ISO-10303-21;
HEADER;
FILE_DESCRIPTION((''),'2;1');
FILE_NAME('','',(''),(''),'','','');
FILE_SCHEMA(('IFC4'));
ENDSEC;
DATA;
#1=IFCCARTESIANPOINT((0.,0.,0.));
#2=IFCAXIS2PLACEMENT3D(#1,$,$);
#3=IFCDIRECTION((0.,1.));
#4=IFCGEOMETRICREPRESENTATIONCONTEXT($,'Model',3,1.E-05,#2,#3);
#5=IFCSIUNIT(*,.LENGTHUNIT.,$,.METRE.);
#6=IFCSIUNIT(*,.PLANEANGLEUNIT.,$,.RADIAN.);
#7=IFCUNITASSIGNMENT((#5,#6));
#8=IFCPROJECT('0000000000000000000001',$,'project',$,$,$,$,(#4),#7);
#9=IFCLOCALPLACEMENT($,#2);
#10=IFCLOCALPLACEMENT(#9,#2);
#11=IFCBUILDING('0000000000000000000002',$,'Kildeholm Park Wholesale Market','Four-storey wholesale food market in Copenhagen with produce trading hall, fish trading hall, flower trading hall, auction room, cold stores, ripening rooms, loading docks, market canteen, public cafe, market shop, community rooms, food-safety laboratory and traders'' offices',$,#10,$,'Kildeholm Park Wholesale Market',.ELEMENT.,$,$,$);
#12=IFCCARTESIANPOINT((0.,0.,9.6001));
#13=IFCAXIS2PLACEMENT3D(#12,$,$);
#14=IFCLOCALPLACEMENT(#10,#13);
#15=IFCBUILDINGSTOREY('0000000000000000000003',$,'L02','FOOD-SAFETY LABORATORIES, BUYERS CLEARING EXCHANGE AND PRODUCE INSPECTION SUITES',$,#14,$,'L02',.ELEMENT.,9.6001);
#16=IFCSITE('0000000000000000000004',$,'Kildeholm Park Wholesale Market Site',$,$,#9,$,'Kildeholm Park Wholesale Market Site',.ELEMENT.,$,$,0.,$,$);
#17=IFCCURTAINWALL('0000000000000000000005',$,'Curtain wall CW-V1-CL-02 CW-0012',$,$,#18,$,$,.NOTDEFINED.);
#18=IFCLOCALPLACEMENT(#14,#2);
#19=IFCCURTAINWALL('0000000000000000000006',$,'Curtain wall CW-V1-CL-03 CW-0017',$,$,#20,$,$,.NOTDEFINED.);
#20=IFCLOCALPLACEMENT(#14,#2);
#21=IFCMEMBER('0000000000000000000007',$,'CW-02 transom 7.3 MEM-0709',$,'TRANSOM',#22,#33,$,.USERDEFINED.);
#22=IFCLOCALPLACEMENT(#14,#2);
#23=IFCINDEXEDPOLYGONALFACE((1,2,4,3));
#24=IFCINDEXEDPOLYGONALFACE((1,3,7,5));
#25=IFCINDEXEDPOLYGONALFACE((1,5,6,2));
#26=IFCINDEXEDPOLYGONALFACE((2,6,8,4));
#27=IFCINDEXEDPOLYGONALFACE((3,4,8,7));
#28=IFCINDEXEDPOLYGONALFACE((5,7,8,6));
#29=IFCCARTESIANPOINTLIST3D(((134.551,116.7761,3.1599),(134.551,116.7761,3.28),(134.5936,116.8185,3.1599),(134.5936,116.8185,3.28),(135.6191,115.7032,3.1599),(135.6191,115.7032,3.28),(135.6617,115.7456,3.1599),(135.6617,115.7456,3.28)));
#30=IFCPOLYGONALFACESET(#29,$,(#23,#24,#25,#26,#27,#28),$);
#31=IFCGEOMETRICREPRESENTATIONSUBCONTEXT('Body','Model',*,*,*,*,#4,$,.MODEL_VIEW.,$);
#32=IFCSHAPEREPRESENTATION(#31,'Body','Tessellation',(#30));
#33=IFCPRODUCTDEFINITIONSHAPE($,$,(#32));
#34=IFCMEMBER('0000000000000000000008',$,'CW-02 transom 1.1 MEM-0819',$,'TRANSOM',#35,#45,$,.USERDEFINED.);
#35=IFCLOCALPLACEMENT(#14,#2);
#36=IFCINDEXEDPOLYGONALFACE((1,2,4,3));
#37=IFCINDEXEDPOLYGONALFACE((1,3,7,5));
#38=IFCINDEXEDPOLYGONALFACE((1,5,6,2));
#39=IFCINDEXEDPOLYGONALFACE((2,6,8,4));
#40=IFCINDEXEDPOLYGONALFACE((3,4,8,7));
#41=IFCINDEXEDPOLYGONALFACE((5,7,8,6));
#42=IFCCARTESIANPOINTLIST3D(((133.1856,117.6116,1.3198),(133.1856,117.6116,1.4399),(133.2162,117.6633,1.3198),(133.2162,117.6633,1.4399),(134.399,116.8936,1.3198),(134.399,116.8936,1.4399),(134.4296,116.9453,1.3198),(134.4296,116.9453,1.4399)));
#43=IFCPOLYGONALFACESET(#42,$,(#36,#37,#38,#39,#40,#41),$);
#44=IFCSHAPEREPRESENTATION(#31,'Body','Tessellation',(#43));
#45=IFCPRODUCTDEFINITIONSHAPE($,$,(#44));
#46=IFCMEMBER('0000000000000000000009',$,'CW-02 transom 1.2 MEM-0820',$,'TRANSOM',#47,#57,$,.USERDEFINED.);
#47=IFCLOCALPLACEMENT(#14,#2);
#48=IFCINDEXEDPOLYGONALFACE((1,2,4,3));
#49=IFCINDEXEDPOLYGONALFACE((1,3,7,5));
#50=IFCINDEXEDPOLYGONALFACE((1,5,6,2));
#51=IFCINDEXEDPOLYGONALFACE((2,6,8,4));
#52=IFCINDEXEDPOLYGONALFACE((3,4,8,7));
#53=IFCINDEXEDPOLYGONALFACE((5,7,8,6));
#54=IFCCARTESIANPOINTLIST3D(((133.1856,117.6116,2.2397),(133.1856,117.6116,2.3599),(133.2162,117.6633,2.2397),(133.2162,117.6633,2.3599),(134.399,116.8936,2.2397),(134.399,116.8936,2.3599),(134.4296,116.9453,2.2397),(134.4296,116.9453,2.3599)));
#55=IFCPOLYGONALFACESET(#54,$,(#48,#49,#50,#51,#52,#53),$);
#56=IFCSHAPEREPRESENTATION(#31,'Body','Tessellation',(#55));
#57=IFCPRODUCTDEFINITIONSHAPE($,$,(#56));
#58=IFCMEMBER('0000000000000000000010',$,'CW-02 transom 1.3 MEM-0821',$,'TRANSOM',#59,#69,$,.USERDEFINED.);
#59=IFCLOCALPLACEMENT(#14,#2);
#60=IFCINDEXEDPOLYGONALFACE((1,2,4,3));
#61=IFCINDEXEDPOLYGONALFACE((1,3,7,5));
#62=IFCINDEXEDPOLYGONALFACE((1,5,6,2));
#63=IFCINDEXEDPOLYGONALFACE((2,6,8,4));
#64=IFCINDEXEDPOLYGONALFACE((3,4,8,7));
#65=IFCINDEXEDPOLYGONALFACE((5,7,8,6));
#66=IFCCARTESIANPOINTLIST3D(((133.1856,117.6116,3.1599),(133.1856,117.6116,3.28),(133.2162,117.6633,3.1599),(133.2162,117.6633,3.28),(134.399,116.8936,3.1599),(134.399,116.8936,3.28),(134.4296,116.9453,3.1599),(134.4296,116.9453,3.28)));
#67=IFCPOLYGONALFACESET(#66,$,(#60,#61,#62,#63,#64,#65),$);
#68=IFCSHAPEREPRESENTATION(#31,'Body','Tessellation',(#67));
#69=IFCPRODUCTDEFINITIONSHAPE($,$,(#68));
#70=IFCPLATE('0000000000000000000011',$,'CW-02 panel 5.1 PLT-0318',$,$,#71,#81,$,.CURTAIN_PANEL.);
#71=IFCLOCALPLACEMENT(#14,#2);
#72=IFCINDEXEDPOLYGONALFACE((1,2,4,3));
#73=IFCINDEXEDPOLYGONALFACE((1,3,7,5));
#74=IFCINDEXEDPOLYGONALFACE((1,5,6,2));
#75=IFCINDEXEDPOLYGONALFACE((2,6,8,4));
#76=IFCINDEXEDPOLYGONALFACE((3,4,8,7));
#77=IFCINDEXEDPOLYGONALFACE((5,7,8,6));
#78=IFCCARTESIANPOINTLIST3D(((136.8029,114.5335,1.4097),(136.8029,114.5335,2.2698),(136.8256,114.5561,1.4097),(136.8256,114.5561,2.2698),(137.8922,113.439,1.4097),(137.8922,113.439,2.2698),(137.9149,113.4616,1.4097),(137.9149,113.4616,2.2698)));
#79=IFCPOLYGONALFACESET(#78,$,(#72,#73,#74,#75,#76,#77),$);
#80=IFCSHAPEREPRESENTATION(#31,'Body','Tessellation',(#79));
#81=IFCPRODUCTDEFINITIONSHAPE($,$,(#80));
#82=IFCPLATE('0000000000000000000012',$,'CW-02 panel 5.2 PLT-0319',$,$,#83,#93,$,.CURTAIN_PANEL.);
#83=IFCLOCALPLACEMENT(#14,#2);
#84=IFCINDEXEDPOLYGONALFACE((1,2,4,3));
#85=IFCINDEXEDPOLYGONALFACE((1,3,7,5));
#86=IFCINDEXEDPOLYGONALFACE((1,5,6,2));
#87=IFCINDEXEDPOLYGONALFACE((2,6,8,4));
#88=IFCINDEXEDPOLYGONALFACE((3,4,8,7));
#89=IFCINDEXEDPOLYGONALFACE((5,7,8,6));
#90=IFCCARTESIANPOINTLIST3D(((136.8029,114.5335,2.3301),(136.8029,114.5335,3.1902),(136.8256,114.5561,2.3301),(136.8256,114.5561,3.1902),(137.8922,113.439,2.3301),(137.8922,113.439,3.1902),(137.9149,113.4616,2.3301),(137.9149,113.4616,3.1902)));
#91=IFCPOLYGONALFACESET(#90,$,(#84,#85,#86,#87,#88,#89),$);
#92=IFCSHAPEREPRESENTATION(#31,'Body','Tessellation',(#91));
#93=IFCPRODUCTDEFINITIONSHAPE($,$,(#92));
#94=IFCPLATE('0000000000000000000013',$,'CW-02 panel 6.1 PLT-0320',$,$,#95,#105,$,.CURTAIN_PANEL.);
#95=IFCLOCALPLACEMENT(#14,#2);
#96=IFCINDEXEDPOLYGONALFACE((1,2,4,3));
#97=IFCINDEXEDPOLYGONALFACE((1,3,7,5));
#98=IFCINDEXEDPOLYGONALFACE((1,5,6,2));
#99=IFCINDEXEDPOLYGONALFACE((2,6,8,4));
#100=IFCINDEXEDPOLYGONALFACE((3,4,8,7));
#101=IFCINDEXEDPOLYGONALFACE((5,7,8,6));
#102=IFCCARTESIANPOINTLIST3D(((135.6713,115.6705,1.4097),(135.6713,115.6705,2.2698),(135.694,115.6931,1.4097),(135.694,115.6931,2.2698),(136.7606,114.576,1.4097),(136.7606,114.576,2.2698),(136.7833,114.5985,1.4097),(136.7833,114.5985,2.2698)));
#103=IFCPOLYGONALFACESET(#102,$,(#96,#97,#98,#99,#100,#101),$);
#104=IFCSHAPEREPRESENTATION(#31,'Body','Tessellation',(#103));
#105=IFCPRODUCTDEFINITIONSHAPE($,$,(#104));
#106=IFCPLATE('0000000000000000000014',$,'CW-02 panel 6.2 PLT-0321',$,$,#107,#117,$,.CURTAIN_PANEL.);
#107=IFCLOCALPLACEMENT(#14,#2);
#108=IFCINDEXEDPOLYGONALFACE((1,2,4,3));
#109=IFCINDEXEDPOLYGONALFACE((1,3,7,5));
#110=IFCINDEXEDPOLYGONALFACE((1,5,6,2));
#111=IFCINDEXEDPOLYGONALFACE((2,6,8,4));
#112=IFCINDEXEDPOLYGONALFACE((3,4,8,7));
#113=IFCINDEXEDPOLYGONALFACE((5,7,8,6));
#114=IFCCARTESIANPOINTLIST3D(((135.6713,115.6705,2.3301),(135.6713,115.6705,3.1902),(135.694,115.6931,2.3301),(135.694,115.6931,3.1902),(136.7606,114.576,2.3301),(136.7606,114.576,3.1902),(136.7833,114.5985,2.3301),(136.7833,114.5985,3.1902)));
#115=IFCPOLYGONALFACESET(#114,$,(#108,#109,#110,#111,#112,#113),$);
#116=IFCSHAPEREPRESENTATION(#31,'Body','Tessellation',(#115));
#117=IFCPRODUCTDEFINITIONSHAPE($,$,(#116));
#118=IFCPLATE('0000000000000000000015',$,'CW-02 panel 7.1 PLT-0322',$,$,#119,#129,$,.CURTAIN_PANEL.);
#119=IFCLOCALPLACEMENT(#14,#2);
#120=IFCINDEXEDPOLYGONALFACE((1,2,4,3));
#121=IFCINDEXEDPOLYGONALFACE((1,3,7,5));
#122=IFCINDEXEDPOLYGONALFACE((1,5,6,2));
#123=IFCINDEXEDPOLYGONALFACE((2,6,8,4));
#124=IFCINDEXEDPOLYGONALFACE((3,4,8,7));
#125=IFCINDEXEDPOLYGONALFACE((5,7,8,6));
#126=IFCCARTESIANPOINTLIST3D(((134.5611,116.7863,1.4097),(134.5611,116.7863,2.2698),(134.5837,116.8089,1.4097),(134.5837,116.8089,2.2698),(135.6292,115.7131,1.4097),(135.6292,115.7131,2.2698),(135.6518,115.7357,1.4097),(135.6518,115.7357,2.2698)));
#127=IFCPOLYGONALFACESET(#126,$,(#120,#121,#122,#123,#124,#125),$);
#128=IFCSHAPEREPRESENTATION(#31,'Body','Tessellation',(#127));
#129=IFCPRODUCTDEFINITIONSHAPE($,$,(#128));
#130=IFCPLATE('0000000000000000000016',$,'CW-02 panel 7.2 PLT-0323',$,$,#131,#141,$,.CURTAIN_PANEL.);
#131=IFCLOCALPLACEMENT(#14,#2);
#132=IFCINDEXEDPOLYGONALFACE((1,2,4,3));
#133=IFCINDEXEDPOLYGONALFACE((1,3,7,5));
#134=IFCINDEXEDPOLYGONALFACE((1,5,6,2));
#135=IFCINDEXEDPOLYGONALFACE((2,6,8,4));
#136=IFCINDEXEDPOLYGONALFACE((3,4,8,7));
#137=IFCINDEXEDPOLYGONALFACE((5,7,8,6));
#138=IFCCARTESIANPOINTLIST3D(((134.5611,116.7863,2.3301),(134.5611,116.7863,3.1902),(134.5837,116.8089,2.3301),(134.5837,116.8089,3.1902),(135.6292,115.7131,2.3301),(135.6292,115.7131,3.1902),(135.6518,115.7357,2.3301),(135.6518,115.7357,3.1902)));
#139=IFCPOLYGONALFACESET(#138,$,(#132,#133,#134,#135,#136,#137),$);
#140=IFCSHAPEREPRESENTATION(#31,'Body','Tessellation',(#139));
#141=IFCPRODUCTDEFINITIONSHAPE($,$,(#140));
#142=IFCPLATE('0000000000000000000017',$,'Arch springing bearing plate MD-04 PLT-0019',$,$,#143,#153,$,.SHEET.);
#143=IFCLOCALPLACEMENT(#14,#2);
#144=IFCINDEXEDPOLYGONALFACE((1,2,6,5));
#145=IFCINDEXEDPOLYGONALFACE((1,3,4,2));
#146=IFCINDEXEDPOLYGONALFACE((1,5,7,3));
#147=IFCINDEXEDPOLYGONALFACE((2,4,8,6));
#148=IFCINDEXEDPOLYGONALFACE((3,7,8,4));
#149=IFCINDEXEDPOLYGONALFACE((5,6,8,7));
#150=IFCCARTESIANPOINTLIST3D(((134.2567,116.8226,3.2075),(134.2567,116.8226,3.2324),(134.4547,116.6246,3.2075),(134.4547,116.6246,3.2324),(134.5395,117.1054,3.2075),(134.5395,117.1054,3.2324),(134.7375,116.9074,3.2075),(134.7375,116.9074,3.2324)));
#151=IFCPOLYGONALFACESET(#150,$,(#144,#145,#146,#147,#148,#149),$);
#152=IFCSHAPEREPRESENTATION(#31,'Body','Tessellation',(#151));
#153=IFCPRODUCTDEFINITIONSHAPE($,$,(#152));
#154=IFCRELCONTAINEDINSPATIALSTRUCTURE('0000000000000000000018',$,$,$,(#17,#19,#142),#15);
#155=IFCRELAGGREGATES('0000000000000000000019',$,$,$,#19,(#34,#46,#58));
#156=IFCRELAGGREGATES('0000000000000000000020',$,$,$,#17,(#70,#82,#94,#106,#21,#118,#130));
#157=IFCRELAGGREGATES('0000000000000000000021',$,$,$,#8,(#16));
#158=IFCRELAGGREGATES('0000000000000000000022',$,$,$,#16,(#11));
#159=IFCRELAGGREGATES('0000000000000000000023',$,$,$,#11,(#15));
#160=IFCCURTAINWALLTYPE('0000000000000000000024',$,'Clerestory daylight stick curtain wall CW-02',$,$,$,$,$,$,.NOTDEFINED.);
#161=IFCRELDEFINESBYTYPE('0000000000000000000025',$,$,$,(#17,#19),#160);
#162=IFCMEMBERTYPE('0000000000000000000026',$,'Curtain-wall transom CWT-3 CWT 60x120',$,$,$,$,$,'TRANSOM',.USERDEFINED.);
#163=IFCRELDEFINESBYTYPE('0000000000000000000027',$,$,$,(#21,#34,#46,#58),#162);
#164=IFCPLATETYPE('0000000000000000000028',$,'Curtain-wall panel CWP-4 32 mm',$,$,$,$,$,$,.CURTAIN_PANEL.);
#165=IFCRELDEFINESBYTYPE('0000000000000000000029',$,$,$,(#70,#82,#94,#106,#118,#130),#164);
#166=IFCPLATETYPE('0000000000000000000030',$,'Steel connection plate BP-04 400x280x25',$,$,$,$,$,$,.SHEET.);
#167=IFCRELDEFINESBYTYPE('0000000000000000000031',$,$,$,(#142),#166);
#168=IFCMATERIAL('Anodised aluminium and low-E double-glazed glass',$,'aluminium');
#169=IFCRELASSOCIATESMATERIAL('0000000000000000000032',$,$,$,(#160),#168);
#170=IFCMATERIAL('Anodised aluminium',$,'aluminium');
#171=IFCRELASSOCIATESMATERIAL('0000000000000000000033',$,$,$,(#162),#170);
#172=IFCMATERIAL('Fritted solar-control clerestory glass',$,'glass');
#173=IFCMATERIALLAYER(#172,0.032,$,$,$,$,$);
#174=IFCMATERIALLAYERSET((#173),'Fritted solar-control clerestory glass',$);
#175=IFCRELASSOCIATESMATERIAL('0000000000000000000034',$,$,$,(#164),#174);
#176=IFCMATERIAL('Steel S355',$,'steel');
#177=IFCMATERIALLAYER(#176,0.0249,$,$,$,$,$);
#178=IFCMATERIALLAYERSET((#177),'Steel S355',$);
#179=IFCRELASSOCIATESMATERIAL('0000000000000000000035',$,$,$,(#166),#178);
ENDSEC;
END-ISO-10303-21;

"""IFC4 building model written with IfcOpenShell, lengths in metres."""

from ifc_helpers import new_model, si_unit, direction, frame, origin, origin_2d, place, context, subcontext, project, spatial, rectangle, extrude, material, layer, layer_set, material_profile, profile_set, type_object, element, aggregate, save


model = new_model("IFC4")

# Units and contexts
model_context = context("Model", 3, precision=1e-05, world=origin(), true_north=direction((0.0, 1.0)))
body_context = subcontext(model_context, "Body", "Model", "MODEL_VIEW")
ifc_project = project(units=[si_unit("LENGTHUNIT", "METRE"), si_unit("PLANEANGLEUNIT", "RADIAN")], contexts=[model_context])

# Site, building, storey
site_placement = place(None, origin())
site = spatial("IfcSite", under=ifc_project, at=site_placement, Name="Kildeholm Park Wholesale Market Site", LongName="Kildeholm Park Wholesale Market Site", CompositionType="ELEMENT", RefElevation=0.0)
building_placement = place(site_placement, origin())
building = spatial("IfcBuilding", under=site, at=building_placement, Name="Kildeholm Park Wholesale Market", Description="Four-storey wholesale food market in Copenhagen with produce trading hall, fish trading hall, flower trading hall, auction room, cold stores, ripening rooms, loading docks, market canteen, public cafe, market shop, community rooms, food-safety laboratory and traders' offices", LongName="Kildeholm Park Wholesale Market", CompositionType="ELEMENT")
storey_placement = place(building_placement, frame((0.0, 0.0, 9.6001)))
storey = spatial("IfcBuildingStorey", under=building, at=storey_placement, Name="L02", Description="FOOD-SAFETY LABORATORIES, BUYERS CLEARING EXCHANGE AND PRODUCE INSPECTION SUITES", LongName="L02", CompositionType="ELEMENT", Elevation=9.6001)

# Shared definitions
ifc_material_1 = material(Name="Steel S355", Category="steel")

# Curtain wall
ifc_material_2 = material(Name="Anodised aluminium and low-E double-glazed glass", Category="aluminium")
curtain_wall_type = type_object("IfcCurtainWallType", Name="Clerestory daylight stick curtain wall CW-02", PredefinedType="NOTDEFINED", material=ifc_material_2)
curtain_wall_1_placement = place(storey_placement, origin())
curtain_wall_1 = element("IfcCurtainWall", 1, at=curtain_wall_1_placement, inside=storey, type_object=curtain_wall_type, Name="Curtain wall CW-V1-CL-02 CW-0012", PredefinedType="NOTDEFINED")
ifc_material_3 = material(Name="Anodised aluminium", Category="aluminium")

# Curtain wall
curtain_wall_2_placement = place(storey_placement, origin())
curtain_wall_2 = element("IfcCurtainWall", 2, at=curtain_wall_2_placement, inside=storey, type_object=curtain_wall_type, Name="Curtain wall CW-V1-CL-03 CW-0017", PredefinedType="NOTDEFINED")

# Members
ifc_material_profile_1 = material_profile(ifc_material_3, rectangle(XDim=0.0601, YDim=0.1201, at=origin_2d()), Name="CWT 60x120")
ifc_profile_set_1 = profile_set([ifc_material_profile_1], Name="Anodised aluminium")
member_type_1 = type_object("IfcMemberType", Name="Curtain-wall transom CWT-3 CWT 60x120", ElementType="TRANSOM", PredefinedType="USERDEFINED", material=ifc_profile_set_1)
member_1_placement = place(storey_placement, frame((135.6404, 115.7244, 3.22), z_axis=(-0.705492, 0.708717, 0.0), x_axis=(-0.708717, -0.705492, 0.0)))
member_1 = element("IfcMember", 3, at=member_1_placement, type_object=member_type_1, Name="CW-02 transom 7.3 MEM-0709", ObjectType="TRANSOM", PredefinedType="USERDEFINED", context=body_context, shape_type="SweptSolid", body=[
    extrude(rectangle(XDim=0.0601, YDim=0.1201, at=origin_2d()), origin(), (0.0, 0.0, 1.0), 1.5139),
])
member_2_placement = place(storey_placement, frame((134.4143, 116.9194, 1.3799), z_axis=(-0.860609, 0.509266, 0.0), x_axis=(-0.509266, -0.860609, 0.0)))
member_2 = element("IfcMember", 4, at=member_2_placement, type_object=member_type_1, Name="CW-02 transom 1.1 MEM-0819", ObjectType="TRANSOM", PredefinedType="USERDEFINED", context=body_context, shape_type="SweptSolid", body=[
    extrude(rectangle(XDim=0.0601, YDim=0.1201, at=origin_2d()), origin(), (0.0, 0.0, 1.0), 1.4099),
])
member_3_placement = place(storey_placement, frame((134.4143, 116.9194, 2.2998), z_axis=(-0.860609, 0.509266, 0.0), x_axis=(-0.509266, -0.860609, 0.0)))
member_3 = element("IfcMember", 5, at=member_3_placement, type_object=member_type_1, Name="CW-02 transom 1.2 MEM-0820", ObjectType="TRANSOM", PredefinedType="USERDEFINED", context=body_context, shape_type="SweptSolid", body=[
    extrude(rectangle(XDim=0.0601, YDim=0.1201, at=origin_2d()), origin(), (0.0, 0.0, 1.0), 1.4099),
])
member_4_placement = place(storey_placement, frame((134.4143, 116.9194, 3.22), z_axis=(-0.860609, 0.509266, 0.0), x_axis=(-0.509266, -0.860609, 0.0)))
member_4 = element("IfcMember", 6, at=member_4_placement, type_object=member_type_1, Name="CW-02 transom 1.3 MEM-0821", ObjectType="TRANSOM", PredefinedType="USERDEFINED", context=body_context, shape_type="SweptSolid", body=[
    extrude(rectangle(XDim=0.0601, YDim=0.1201, at=origin_2d()), origin(), (0.0, 0.0, 1.0), 1.4099),
])
aggregate(curtain_wall_2, [member_2, member_3, member_4])

# Plates
ifc_material_4 = material(Name="Fritted solar-control clerestory glass", Category="glass")
ifc_layer_1 = layer(ifc_material_4, 0.032)
ifc_layer_set_1 = layer_set([ifc_layer_1], Name="Fritted solar-control clerestory glass")
plate_type_1 = type_object("IfcPlateType", Name="Curtain-wall panel CWP-4 32 mm", PredefinedType="CURTAIN_PANEL", material=ifc_layer_set_1)
plate_1_placement = place(storey_placement, frame((137.3589, 113.9976, 1.4097), z_axis=(0.0, 0.0, 1.0), x_axis=(-0.705413, 0.708797, 0.0)))
plate_1 = element("IfcPlate", 7, at=plate_1_placement, type_object=plate_type_1, Name="CW-02 panel 5.1 PLT-0318", PredefinedType="CURTAIN_PANEL", context=body_context, shape_type="SweptSolid", body=[
    extrude(rectangle(XDim=1.5442, YDim=0.032, at=origin_2d()), origin(), (0.0, 0.0, 1.0), 0.8601),
])
plate_2_placement = place(storey_placement, frame((137.3589, 113.9976, 2.3301), z_axis=(0.0, 0.0, 1.0), x_axis=(-0.705413, 0.708797, 0.0)))
plate_2 = element("IfcPlate", 8, at=plate_2_placement, type_object=plate_type_1, Name="CW-02 panel 5.2 PLT-0319", PredefinedType="CURTAIN_PANEL", context=body_context, shape_type="SweptSolid", body=[
    extrude(rectangle(XDim=1.5442, YDim=0.032, at=origin_2d()), origin(), (0.0, 0.0, 1.0), 0.8601),
])
plate_3_placement = place(storey_placement, frame((136.2273, 115.1345, 1.4097), z_axis=(0.0, 0.0, 1.0), x_axis=(-0.705413, 0.708797, 0.0)))
plate_3 = element("IfcPlate", 9, at=plate_3_placement, type_object=plate_type_1, Name="CW-02 panel 6.1 PLT-0320", PredefinedType="CURTAIN_PANEL", context=body_context, shape_type="SweptSolid", body=[
    extrude(rectangle(XDim=1.5442, YDim=0.032, at=origin_2d()), origin(), (0.0, 0.0, 1.0), 0.8601),
])
plate_4_placement = place(storey_placement, frame((136.2273, 115.1345, 2.3301), z_axis=(0.0, 0.0, 1.0), x_axis=(-0.705413, 0.708797, 0.0)))
plate_4 = element("IfcPlate", 10, at=plate_4_placement, type_object=plate_type_1, Name="CW-02 panel 6.2 PLT-0321", PredefinedType="CURTAIN_PANEL", context=body_context, shape_type="SweptSolid", body=[
    extrude(rectangle(XDim=1.5442, YDim=0.032, at=origin_2d()), origin(), (0.0, 0.0, 1.0), 0.8601),
])
plate_5_placement = place(storey_placement, frame((135.1064, 116.261, 1.4097), z_axis=(0.0, 0.0, 1.0), x_axis=(-0.705413, 0.708797, 0.0)))
plate_5 = element("IfcPlate", 11, at=plate_5_placement, type_object=plate_type_1, Name="CW-02 panel 7.1 PLT-0322", PredefinedType="CURTAIN_PANEL", context=body_context, shape_type="SweptSolid", body=[
    extrude(rectangle(XDim=1.5142, YDim=0.032, at=origin_2d()), origin(), (0.0, 0.0, 1.0), 0.8601),
])
plate_6_placement = place(storey_placement, frame((135.1064, 116.261, 2.3301), z_axis=(0.0, 0.0, 1.0), x_axis=(-0.705413, 0.708797, 0.0)))
plate_6 = element("IfcPlate", 12, at=plate_6_placement, type_object=plate_type_1, Name="CW-02 panel 7.2 PLT-0323", PredefinedType="CURTAIN_PANEL", context=body_context, shape_type="SweptSolid", body=[
    extrude(rectangle(XDim=1.5142, YDim=0.032, at=origin_2d()), origin(), (0.0, 0.0, 1.0), 0.8601),
])
aggregate(curtain_wall_1, [plate_1, plate_2, plate_3, plate_4, member_1, plate_5, plate_6])
ifc_layer_2 = layer(ifc_material_1, 0.0249)
ifc_layer_set_2 = layer_set([ifc_layer_2], Name="Steel S355")
plate_type_2 = type_object("IfcPlateType", Name="Steel connection plate BP-04 400x280x25", PredefinedType="SHEET", material=ifc_layer_set_2)
plate_7_placement = place(storey_placement, frame((134.4971, 116.865, 3.2075), z_axis=(0.0, 0.0, 1.0), x_axis=(0.707107, 0.707107, 0.0)))
element("IfcPlate", 13, at=plate_7_placement, inside=storey, type_object=plate_type_2, Name="Arch springing bearing plate MD-04 PLT-0019", PredefinedType="SHEET", context=body_context, shape_type="SweptSolid", body=[
    extrude(rectangle(XDim=0.3999, YDim=0.28, at=origin_2d()), origin(), (0.0, 0.0, 1.0), 0.0249),
])

save(model, "model.ifc")
